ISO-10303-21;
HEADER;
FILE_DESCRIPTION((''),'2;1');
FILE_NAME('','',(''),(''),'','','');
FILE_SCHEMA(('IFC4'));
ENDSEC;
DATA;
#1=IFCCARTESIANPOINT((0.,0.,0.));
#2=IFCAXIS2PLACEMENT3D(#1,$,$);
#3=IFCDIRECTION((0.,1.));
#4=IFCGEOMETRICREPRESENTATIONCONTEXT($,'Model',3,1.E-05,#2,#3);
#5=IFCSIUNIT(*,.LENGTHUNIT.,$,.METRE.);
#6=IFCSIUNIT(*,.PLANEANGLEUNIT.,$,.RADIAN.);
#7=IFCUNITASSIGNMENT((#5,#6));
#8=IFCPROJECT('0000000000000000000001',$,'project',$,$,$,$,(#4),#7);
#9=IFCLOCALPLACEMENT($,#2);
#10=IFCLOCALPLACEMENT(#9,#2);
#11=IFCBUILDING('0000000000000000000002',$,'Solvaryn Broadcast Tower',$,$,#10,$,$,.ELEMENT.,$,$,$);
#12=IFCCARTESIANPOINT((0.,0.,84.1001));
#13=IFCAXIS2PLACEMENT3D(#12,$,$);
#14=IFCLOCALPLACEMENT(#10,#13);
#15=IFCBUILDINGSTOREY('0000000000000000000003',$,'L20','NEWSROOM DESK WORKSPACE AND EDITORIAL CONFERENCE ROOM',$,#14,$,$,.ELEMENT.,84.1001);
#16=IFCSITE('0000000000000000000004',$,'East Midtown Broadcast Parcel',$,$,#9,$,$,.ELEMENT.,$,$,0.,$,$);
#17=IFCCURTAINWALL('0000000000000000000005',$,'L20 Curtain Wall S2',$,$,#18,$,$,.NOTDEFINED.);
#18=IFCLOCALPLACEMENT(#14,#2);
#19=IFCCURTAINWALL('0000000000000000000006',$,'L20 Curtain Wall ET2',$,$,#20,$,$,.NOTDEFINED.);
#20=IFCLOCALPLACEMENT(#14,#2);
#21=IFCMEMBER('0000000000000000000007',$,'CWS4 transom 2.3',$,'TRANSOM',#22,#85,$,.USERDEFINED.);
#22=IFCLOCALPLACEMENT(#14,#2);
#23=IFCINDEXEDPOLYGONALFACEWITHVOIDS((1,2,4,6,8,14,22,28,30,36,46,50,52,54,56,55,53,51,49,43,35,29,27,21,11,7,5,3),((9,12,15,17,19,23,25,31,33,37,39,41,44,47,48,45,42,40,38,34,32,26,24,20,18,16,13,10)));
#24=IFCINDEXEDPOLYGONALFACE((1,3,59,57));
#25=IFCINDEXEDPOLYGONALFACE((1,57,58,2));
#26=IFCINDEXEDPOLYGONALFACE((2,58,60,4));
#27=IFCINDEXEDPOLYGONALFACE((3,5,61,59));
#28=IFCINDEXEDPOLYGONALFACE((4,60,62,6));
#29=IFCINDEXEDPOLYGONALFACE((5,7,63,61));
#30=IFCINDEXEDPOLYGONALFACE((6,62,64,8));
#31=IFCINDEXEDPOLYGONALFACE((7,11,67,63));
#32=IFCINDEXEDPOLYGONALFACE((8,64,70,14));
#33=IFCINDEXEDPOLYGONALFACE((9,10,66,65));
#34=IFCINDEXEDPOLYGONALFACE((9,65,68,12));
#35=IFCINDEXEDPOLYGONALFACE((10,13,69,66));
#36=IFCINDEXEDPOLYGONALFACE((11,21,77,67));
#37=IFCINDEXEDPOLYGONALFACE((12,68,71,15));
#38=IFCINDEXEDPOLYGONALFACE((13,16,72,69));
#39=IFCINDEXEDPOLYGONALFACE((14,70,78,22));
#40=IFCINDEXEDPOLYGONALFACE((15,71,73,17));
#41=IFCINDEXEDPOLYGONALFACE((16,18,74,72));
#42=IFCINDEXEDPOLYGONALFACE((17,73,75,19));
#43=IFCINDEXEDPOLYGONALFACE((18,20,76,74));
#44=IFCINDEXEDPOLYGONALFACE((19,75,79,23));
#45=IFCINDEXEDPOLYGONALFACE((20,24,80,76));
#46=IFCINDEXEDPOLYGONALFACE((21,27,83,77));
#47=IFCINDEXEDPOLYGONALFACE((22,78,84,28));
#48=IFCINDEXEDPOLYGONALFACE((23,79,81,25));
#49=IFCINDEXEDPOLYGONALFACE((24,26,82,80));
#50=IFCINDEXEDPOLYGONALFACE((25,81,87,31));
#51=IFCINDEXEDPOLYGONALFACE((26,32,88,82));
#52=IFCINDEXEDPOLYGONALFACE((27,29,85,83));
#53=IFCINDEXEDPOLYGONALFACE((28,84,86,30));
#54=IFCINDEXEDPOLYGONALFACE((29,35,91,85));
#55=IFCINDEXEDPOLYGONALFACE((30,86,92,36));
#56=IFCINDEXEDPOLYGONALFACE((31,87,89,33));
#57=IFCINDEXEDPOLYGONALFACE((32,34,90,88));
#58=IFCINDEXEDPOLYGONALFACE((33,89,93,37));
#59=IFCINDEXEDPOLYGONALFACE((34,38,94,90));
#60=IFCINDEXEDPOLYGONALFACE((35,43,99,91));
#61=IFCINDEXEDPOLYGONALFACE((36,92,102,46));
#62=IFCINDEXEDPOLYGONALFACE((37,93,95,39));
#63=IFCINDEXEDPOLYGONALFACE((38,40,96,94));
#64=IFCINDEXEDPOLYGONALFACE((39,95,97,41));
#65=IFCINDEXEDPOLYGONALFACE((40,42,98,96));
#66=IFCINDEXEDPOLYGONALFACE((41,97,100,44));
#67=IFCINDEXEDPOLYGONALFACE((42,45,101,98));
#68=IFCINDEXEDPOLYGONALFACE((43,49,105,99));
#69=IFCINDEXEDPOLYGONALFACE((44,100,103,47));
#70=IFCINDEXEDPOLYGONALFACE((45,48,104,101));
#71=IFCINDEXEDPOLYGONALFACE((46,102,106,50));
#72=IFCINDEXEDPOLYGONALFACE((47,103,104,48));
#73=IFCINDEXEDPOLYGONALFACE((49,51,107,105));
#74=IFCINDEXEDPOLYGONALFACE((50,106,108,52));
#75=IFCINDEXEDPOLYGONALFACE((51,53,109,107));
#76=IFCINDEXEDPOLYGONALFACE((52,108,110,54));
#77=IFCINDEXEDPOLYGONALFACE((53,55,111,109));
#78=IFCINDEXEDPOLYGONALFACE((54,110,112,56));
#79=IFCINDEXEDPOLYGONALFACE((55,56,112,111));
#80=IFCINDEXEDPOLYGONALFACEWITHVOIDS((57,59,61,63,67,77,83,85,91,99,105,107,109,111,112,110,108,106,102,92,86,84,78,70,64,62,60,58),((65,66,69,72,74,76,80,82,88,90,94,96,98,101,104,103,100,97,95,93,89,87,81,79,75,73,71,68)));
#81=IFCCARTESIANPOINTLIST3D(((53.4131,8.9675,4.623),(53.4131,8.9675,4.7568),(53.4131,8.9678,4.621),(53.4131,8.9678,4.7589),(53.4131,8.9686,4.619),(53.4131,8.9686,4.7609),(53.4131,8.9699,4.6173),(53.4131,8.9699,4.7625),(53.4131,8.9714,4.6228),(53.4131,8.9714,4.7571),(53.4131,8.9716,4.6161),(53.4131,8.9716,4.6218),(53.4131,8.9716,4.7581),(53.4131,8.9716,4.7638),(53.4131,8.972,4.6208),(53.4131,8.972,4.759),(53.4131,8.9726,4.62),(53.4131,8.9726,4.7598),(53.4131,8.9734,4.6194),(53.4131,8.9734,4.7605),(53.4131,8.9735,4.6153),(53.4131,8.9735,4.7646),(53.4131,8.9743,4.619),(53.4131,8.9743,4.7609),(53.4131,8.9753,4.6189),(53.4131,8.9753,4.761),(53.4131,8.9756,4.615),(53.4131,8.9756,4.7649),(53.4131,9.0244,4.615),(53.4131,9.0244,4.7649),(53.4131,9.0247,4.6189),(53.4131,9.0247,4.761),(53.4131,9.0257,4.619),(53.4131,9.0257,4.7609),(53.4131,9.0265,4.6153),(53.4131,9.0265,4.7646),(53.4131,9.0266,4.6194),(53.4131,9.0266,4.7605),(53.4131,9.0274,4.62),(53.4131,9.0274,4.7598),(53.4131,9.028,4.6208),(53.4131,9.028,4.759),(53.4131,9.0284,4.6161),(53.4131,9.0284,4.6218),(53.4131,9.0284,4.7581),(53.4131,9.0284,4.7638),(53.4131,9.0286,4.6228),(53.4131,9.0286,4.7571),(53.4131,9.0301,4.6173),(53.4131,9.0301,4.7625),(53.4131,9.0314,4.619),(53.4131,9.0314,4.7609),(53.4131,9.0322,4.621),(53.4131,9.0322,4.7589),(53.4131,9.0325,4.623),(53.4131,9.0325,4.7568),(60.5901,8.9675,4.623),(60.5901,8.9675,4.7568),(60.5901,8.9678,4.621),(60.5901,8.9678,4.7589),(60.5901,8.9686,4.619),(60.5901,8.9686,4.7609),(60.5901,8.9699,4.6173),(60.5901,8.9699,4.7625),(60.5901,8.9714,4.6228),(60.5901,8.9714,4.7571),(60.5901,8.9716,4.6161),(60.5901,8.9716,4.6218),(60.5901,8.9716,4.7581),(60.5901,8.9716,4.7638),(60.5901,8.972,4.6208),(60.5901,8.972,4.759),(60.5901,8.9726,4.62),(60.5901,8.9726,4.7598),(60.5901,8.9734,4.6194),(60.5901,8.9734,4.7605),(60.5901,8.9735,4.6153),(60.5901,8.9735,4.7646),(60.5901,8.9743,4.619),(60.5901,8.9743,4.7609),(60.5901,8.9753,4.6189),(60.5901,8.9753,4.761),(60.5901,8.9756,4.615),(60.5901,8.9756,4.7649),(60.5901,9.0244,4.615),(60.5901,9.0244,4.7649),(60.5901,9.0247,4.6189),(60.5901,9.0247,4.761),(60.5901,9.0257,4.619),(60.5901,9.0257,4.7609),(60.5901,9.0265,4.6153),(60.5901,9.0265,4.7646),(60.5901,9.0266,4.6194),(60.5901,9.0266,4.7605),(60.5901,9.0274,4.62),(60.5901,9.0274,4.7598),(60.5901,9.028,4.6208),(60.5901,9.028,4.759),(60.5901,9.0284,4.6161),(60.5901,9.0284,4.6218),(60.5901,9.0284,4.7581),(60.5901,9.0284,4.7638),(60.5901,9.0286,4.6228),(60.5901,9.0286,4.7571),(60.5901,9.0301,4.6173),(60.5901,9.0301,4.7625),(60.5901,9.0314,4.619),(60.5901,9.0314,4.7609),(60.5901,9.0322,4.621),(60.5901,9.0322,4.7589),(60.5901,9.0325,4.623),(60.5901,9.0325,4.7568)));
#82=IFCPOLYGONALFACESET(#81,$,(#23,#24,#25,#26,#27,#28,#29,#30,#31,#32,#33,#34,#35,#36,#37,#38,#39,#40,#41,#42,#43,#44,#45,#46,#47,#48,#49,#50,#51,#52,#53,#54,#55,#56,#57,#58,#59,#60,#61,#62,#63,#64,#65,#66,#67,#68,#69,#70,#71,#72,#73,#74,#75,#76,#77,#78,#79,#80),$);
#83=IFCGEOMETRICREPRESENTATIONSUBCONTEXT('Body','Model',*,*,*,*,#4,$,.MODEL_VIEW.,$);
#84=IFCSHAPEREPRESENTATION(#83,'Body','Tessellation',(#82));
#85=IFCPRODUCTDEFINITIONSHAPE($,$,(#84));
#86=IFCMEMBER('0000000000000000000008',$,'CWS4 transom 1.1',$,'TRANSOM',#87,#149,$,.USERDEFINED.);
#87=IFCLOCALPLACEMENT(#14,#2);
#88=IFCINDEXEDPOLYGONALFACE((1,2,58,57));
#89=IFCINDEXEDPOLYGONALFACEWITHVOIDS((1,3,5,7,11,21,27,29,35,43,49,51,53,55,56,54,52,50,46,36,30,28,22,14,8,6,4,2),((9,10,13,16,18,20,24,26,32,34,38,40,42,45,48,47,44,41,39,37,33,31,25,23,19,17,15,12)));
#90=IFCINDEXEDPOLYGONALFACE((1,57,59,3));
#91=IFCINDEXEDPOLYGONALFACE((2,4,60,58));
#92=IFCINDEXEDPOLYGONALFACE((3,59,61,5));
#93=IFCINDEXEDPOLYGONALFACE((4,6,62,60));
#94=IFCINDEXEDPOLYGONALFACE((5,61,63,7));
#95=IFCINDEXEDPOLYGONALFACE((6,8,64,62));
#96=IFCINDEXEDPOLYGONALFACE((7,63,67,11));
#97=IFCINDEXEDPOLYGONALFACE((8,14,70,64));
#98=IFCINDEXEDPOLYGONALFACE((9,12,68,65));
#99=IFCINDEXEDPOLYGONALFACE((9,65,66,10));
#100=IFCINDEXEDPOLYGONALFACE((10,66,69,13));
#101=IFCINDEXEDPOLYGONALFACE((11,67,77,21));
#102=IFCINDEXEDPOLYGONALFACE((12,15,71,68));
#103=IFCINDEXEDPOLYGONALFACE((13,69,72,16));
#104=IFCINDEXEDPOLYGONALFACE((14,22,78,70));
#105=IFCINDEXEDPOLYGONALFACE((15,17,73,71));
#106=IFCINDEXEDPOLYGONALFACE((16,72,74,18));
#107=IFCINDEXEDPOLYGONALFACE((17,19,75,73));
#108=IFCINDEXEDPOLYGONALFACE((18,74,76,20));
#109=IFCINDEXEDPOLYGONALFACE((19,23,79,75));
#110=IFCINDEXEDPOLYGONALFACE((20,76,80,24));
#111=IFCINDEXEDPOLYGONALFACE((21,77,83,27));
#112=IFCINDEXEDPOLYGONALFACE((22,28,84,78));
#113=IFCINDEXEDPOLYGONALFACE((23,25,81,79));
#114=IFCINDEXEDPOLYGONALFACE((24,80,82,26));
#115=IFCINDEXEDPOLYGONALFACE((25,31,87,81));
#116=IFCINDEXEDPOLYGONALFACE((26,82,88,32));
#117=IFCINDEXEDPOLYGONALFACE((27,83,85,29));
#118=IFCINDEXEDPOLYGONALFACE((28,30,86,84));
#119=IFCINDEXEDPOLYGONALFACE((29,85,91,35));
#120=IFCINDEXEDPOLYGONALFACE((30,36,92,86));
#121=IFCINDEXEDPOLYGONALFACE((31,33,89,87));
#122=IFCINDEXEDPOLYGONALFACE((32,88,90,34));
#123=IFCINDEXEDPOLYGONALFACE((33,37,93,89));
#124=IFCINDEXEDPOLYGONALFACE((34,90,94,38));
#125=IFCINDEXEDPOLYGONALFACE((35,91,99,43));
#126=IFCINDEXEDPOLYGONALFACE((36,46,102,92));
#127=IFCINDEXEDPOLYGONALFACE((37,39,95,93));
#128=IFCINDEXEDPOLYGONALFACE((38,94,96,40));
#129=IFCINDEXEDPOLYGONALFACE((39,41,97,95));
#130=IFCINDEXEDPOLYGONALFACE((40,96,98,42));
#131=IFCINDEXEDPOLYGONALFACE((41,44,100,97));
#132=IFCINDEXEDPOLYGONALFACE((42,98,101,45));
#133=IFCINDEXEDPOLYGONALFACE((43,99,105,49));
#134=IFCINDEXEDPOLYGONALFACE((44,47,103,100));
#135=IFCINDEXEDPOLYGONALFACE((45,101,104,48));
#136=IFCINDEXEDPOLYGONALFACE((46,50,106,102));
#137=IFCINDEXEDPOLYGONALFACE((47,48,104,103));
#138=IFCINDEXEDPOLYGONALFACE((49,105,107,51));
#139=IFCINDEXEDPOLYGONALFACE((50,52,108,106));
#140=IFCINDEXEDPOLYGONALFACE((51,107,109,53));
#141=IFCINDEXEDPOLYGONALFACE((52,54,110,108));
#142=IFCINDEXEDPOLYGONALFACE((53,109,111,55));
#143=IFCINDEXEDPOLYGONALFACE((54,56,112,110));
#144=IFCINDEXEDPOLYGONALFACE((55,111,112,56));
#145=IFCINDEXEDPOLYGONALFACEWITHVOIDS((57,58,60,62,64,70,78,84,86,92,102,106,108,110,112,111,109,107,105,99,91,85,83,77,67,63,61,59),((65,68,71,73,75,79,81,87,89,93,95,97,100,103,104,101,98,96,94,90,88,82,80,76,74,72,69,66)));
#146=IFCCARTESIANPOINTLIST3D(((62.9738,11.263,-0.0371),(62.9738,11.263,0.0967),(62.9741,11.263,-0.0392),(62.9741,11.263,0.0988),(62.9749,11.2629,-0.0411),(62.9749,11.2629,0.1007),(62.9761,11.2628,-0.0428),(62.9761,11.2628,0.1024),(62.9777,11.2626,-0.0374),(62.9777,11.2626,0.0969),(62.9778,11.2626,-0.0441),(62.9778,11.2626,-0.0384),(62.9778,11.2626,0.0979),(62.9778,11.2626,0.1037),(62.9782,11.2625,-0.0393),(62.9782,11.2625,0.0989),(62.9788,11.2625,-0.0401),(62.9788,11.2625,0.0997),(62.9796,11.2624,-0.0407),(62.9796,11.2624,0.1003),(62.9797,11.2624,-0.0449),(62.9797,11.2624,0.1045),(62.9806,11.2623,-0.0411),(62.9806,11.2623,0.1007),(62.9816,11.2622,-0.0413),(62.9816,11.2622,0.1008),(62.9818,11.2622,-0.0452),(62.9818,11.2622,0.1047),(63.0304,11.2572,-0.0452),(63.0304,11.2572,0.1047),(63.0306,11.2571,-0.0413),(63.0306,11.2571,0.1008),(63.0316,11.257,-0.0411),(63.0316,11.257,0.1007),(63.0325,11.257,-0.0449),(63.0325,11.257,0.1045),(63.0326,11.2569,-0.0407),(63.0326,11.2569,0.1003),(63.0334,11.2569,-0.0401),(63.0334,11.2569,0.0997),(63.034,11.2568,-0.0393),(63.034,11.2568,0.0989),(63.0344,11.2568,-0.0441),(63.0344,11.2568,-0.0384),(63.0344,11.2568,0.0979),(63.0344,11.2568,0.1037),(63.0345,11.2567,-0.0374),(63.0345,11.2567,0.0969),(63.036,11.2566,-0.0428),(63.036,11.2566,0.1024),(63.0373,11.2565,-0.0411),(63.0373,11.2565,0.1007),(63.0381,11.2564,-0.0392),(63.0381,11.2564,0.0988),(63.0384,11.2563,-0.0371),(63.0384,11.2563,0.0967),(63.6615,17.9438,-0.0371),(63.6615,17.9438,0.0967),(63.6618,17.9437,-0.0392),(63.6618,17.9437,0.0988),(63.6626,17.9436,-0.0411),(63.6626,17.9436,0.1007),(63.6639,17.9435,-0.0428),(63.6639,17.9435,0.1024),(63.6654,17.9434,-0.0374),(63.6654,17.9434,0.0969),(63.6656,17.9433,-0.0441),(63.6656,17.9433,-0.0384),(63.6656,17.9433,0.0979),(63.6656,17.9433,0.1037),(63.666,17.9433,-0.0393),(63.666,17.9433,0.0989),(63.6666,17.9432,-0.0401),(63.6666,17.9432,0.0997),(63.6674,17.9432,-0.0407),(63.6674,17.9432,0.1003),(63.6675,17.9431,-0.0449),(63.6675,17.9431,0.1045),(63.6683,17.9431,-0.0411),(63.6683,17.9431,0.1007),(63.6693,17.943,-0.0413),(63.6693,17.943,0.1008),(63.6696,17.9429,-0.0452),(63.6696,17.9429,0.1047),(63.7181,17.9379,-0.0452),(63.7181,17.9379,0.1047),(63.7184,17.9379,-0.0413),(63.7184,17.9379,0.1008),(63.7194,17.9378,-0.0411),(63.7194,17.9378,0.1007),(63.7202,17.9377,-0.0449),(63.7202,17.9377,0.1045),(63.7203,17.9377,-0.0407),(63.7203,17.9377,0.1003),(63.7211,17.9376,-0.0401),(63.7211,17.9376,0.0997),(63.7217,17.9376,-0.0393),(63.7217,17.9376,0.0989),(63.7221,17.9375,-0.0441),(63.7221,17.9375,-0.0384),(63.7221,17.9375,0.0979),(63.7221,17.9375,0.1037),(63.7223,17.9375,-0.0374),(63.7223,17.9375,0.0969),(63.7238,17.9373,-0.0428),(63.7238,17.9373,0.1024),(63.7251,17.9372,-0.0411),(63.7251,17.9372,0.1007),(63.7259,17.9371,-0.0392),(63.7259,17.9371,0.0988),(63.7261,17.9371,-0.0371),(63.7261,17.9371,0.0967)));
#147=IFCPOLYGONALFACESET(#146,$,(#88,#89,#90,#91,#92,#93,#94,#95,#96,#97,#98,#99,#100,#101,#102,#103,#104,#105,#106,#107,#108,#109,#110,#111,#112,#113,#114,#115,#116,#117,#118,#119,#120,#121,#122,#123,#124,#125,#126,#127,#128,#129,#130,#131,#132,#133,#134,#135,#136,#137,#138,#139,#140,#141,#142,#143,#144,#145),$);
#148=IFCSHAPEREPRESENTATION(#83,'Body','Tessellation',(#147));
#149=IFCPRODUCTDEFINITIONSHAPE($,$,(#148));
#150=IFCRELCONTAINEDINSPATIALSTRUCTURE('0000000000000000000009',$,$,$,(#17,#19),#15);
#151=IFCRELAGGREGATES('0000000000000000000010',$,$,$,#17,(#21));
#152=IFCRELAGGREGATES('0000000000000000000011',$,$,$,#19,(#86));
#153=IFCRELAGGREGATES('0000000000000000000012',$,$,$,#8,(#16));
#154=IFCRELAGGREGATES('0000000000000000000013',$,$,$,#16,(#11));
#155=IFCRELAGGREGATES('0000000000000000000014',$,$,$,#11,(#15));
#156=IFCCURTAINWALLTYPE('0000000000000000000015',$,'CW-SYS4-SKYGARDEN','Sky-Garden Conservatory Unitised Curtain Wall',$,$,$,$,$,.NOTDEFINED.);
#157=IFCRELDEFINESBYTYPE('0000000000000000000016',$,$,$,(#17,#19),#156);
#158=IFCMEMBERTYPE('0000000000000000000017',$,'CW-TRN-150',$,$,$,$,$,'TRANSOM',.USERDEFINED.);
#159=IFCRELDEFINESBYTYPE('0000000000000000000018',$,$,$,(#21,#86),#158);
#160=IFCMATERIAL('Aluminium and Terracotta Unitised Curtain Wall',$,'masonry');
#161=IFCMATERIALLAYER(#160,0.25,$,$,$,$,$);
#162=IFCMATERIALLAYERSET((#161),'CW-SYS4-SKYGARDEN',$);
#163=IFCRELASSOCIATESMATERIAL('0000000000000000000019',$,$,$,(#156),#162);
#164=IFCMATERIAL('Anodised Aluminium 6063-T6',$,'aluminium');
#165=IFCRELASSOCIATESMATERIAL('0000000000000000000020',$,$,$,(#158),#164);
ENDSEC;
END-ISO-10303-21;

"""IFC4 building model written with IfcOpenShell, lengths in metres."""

from ifc_helpers import new_model, si_unit, direction, frame, origin, origin_2d, place, context, subcontext, project, spatial, hollow_rectangle, extrude, material, layer, layer_set, material_profile, profile_set, type_object, element, aggregate, save


model = new_model("IFC4")

# Units and contexts
model_context = context("Model", 3, precision=1e-05, world=origin(), true_north=direction((0.0, 1.0)))
body_context = subcontext(model_context, "Body", "Model", "MODEL_VIEW")
ifc_project = project(units=[si_unit("LENGTHUNIT", "METRE"), si_unit("PLANEANGLEUNIT", "RADIAN")], contexts=[model_context])

# Site, building, storey
site_placement = place(None, origin())
site = spatial("IfcSite", under=ifc_project, at=site_placement, Name="East Midtown Broadcast Parcel", CompositionType="ELEMENT", RefElevation=0.0)
building_placement = place(site_placement, origin())
building = spatial("IfcBuilding", under=site, at=building_placement, Name="Solvaryn Broadcast Tower", CompositionType="ELEMENT")
storey_placement = place(building_placement, frame((0.0, 0.0, 84.1001)))
storey = spatial("IfcBuildingStorey", under=building, at=storey_placement, Name="L20", Description="NEWSROOM DESK WORKSPACE AND EDITORIAL CONFERENCE ROOM", CompositionType="ELEMENT", Elevation=84.1001)

# Curtain wall
ifc_material_1 = material(Name="Aluminium and Terracotta Unitised Curtain Wall", Category="masonry")
ifc_layer_1 = layer(ifc_material_1, 0.25)
ifc_layer_set_1 = layer_set([ifc_layer_1], Name="CW-SYS4-SKYGARDEN")
curtain_wall_type = type_object("IfcCurtainWallType", Name="CW-SYS4-SKYGARDEN", Description="Sky-Garden Conservatory Unitised Curtain Wall", PredefinedType="NOTDEFINED", material=ifc_layer_set_1)
curtain_wall_1_placement = place(storey_placement, origin())
curtain_wall_1 = element("IfcCurtainWall", 1, at=curtain_wall_1_placement, inside=storey, type_object=curtain_wall_type, Name="L20 Curtain Wall S2", PredefinedType="NOTDEFINED")

# Curtain wall
curtain_wall_2_placement = place(storey_placement, origin())
curtain_wall_2 = element("IfcCurtainWall", 2, at=curtain_wall_2_placement, inside=storey, type_object=curtain_wall_type, Name="L20 Curtain Wall ET2", PredefinedType="NOTDEFINED")

# Members
ifc_material_2 = material(Name="Anodised Aluminium 6063-T6", Category="aluminium")
ifc_material_profile_1 = material_profile(ifc_material_2, hollow_rectangle(XDim=0.0649, YDim=0.1499, WallThickness=0.0039, InnerFilletRadius=0.0039, OuterFilletRadius=0.0081, at=origin_2d()))
ifc_profile_set_1 = profile_set([ifc_material_profile_1], Name="Anodised Aluminium 6063-T6")
member_type_1 = type_object("IfcMemberType", Name="CW-TRN-150", ElementType="TRANSOM", PredefinedType="USERDEFINED", material=ifc_profile_set_1)
member_1_placement = place(storey_placement, frame((53.4131, 9.0, 4.6899), z_axis=(1.0, 0.0, 0.0), x_axis=(0.0, 1.0, 0.0)))
member_1 = element("IfcMember", 3, at=member_1_placement, type_object=member_type_1, Name="CWS4 transom 2.3", ObjectType="TRANSOM", PredefinedType="USERDEFINED", context=body_context, shape_type="SweptSolid", body=[
    extrude(hollow_rectangle(XDim=0.0649, YDim=0.1499, WallThickness=0.0039, InnerFilletRadius=0.0039, OuterFilletRadius=0.0081, at=origin_2d()), origin(), (0.0, 0.0, 1.0), 7.177),
])
member_2_placement = place(storey_placement, frame((63.6938, 17.9404, 0.0298), z_axis=(-0.102404, -0.994743, 0.0), x_axis=(0.994743, -0.102404, 0.0)))
member_2 = element("IfcMember", 4, at=member_2_placement, type_object=member_type_1, Name="CWS4 transom 1.1", ObjectType="TRANSOM", PredefinedType="USERDEFINED", context=body_context, shape_type="SweptSolid", body=[
    extrude(hollow_rectangle(XDim=0.0649, YDim=0.1499, WallThickness=0.0039, InnerFilletRadius=0.0039, OuterFilletRadius=0.0081, at=origin_2d()), origin(), (0.0, 0.0, 1.0), 6.7161),
])

aggregate(curtain_wall_1, [member_1])
aggregate(curtain_wall_2, [member_2])

save(model, "model.ifc")
